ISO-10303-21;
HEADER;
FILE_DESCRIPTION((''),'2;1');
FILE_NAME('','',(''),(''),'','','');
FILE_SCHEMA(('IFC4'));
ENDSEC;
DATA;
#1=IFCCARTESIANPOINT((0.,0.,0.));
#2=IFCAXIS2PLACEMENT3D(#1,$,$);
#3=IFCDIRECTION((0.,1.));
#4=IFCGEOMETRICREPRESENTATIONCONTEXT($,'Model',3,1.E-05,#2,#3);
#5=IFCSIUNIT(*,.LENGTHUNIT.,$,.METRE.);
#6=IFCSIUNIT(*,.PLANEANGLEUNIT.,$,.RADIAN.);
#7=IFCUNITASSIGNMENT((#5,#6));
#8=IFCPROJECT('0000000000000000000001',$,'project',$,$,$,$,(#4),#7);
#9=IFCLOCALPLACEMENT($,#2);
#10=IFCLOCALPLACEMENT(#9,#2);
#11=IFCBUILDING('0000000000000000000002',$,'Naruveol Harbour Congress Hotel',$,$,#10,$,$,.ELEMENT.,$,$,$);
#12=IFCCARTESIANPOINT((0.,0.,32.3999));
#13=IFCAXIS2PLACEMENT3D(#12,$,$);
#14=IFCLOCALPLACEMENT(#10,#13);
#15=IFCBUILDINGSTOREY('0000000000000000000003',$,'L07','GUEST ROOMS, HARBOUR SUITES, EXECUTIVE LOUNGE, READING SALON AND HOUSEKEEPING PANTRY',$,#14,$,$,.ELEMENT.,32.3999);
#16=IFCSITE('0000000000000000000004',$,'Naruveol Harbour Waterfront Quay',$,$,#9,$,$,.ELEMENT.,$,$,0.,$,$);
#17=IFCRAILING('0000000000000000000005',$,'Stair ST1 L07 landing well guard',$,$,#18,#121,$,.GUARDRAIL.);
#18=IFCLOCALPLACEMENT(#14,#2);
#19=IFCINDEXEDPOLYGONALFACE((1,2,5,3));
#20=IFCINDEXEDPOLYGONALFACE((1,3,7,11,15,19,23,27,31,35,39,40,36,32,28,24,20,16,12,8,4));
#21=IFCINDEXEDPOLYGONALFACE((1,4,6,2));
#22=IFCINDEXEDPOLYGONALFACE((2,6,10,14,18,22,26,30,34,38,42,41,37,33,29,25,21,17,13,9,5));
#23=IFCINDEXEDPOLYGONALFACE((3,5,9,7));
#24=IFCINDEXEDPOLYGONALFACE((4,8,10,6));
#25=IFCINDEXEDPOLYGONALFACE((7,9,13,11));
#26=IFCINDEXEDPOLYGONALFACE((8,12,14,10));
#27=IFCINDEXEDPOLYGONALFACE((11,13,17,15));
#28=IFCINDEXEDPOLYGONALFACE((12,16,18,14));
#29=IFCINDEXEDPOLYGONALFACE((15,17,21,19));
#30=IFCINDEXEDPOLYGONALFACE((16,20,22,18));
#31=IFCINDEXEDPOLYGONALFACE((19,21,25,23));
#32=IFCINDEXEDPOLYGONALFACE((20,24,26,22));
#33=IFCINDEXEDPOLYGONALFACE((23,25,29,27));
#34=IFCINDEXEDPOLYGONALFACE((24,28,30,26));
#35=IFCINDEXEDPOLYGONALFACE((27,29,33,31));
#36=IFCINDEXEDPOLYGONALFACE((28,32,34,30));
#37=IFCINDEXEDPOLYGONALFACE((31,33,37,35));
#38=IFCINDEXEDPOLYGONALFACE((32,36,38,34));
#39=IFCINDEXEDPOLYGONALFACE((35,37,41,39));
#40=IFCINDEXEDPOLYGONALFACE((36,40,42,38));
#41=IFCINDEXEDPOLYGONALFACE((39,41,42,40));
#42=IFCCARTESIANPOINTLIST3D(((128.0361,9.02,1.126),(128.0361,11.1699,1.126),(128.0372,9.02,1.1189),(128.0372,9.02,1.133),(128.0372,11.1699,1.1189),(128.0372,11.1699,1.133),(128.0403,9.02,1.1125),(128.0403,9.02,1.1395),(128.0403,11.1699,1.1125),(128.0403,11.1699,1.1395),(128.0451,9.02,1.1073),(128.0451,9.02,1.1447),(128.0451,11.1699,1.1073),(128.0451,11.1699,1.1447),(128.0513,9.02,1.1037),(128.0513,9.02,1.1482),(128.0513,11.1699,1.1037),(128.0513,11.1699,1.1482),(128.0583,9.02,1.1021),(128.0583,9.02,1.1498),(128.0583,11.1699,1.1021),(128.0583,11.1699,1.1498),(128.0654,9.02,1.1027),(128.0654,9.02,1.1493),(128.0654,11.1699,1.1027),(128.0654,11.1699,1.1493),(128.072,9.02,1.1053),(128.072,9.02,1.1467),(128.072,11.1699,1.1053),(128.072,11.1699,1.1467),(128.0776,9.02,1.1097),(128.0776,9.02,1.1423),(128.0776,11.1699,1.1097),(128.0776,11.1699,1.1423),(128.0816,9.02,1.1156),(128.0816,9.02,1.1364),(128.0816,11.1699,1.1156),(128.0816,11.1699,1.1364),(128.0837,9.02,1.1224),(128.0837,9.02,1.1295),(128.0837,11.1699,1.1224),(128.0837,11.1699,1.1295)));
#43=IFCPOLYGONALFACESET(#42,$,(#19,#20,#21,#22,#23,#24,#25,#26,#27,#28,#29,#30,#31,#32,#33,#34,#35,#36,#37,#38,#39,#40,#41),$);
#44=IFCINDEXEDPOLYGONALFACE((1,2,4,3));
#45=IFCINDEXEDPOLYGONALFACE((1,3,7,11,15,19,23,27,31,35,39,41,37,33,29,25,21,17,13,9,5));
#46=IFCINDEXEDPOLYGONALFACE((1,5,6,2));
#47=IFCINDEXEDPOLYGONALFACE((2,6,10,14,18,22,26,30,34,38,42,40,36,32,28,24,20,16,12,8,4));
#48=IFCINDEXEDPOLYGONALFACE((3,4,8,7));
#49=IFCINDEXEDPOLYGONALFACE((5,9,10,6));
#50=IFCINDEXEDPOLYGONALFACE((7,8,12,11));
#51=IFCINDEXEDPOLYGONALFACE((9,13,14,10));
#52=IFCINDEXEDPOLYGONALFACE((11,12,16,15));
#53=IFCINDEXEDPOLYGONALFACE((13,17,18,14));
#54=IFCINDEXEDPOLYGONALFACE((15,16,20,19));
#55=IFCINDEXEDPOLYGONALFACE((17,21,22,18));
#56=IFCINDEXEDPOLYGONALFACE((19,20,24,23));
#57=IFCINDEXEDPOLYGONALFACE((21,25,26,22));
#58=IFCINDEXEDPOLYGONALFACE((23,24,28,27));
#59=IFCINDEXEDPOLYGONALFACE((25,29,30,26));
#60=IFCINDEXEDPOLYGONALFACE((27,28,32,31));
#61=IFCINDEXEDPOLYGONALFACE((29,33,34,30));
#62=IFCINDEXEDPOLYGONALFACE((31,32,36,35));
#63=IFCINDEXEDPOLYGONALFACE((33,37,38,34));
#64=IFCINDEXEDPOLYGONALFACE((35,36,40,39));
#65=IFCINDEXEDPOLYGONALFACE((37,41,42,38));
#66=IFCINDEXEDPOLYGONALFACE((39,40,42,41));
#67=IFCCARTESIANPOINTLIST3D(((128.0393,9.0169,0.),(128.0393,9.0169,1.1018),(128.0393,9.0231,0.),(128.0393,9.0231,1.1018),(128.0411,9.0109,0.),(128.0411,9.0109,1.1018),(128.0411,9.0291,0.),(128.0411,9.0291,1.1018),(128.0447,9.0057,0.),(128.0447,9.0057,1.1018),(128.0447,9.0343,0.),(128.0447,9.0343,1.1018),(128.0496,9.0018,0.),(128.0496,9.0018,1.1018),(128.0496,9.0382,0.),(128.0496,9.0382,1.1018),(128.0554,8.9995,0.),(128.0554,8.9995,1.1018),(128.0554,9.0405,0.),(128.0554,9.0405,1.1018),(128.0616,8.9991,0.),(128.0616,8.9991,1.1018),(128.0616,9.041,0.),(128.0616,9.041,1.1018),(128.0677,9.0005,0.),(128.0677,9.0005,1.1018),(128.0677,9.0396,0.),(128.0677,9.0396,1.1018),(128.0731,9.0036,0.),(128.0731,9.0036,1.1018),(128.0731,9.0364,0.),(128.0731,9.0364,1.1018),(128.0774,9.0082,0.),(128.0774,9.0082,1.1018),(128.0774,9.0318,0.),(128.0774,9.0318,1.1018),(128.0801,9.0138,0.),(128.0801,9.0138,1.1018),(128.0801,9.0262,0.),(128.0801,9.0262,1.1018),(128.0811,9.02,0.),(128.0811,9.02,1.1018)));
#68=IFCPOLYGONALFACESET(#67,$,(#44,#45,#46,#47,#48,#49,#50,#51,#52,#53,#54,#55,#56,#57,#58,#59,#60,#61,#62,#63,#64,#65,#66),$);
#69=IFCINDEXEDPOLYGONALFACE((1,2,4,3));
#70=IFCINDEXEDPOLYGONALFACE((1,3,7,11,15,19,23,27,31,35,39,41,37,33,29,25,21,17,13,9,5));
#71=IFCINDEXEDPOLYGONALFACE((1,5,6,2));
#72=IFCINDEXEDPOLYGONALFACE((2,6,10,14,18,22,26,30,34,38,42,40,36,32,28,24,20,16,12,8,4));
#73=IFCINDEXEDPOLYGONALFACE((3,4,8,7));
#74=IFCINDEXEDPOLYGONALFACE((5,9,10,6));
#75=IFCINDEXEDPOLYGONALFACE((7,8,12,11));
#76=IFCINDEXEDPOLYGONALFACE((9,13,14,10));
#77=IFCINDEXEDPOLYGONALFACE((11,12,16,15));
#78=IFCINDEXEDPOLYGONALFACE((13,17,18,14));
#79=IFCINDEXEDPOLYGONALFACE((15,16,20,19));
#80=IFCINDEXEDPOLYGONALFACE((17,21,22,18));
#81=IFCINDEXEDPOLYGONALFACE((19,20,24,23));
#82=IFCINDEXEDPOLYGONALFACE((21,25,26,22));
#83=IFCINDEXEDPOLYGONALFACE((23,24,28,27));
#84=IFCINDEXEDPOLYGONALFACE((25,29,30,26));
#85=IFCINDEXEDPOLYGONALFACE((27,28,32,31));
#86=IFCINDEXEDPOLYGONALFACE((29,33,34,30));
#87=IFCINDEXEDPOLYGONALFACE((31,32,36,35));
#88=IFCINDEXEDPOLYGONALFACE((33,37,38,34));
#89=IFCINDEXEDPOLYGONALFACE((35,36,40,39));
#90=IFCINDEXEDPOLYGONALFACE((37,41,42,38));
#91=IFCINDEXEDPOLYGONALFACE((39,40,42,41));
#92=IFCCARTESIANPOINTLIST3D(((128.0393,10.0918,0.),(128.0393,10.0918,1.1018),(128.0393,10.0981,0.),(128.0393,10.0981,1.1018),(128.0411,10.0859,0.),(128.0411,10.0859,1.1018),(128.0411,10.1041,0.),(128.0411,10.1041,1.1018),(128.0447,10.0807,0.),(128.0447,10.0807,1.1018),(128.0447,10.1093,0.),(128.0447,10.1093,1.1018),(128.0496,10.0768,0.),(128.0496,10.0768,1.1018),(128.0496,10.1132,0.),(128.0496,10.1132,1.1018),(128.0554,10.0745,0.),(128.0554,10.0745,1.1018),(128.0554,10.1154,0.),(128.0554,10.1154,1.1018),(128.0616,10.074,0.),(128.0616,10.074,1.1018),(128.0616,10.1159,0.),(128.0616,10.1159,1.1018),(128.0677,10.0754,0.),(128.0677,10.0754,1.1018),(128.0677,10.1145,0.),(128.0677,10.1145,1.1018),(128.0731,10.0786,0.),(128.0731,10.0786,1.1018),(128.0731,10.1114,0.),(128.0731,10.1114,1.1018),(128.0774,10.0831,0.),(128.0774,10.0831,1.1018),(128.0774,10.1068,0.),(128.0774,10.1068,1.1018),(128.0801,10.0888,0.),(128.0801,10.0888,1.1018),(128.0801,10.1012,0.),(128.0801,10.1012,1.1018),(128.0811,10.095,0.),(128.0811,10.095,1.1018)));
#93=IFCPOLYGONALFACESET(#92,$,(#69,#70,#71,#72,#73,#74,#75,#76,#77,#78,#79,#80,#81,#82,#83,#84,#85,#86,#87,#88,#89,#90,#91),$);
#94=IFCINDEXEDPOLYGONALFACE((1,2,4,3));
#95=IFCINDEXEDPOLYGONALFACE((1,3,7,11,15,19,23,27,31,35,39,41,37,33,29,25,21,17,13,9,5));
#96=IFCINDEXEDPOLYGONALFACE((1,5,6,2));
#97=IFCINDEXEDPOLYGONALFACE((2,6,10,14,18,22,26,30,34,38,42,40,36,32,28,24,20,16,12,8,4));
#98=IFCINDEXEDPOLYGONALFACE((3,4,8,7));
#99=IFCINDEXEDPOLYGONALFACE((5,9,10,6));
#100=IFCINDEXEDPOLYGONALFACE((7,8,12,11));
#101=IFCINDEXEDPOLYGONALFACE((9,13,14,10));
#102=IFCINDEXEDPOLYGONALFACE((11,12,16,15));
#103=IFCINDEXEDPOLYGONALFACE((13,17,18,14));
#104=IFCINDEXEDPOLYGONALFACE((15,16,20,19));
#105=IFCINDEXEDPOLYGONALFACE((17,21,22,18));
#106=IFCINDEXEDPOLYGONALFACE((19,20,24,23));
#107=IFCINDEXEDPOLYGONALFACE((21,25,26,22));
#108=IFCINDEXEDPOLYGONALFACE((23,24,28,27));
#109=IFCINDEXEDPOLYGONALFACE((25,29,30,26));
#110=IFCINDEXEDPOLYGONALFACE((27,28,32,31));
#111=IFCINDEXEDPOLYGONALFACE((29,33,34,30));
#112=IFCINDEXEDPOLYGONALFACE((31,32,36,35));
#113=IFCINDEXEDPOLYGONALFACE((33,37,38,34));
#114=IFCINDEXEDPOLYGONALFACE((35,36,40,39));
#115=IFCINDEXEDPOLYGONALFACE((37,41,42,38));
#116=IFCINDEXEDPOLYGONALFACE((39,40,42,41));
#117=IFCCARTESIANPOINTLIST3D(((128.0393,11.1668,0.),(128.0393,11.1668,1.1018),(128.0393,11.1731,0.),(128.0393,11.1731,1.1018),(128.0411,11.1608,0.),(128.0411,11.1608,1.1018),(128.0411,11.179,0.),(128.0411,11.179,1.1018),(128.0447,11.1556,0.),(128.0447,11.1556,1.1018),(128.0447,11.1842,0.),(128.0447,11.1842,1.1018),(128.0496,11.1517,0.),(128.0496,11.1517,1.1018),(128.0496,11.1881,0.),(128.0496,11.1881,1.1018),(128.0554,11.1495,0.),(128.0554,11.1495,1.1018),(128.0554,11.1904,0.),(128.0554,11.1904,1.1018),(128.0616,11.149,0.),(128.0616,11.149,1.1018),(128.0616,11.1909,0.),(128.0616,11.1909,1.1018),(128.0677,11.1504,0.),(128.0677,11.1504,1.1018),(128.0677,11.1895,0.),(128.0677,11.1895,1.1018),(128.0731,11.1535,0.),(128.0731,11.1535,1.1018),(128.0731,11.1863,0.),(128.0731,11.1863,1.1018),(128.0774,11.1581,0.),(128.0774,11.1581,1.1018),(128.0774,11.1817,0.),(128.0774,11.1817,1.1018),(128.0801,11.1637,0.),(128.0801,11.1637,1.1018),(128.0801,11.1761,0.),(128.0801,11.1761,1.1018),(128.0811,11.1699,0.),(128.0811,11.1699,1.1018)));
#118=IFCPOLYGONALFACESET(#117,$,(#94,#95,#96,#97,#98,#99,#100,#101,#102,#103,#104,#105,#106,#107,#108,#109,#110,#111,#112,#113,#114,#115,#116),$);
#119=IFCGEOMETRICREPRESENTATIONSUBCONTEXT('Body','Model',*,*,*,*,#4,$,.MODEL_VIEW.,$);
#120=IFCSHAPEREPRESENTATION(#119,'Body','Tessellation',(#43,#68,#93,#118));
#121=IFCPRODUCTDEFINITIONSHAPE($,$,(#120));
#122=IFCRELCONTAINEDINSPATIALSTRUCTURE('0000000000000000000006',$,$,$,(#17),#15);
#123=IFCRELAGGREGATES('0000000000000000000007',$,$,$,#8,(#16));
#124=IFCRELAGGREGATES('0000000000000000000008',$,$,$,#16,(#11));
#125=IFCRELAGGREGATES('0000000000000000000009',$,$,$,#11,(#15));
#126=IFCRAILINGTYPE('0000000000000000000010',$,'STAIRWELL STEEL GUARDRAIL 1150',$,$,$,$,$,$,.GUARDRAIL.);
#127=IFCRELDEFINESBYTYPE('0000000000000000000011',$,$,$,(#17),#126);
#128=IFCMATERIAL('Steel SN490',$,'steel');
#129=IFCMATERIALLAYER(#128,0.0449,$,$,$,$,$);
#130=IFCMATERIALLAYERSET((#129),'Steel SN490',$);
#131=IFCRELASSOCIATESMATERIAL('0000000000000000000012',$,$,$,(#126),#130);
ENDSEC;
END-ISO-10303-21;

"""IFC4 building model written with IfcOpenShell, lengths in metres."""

from ifc_helpers import new_model, si_unit, direction, frame, origin, origin_2d, place, context, subcontext, project, spatial, circle, extrude, material, layer, layer_set, type_object, element, save


model = new_model("IFC4")

# Units and contexts
model_context = context("Model", 3, precision=1e-05, world=origin(), true_north=direction((0.0, 1.0)))
body_context = subcontext(model_context, "Body", "Model", "MODEL_VIEW")
ifc_project = project(units=[si_unit("LENGTHUNIT", "METRE"), si_unit("PLANEANGLEUNIT", "RADIAN")], contexts=[model_context])

# Site, building, storey
site_placement = place(None, origin())
site = spatial("IfcSite", under=ifc_project, at=site_placement, Name="Naruveol Harbour Waterfront Quay", CompositionType="ELEMENT", RefElevation=0.0)
building_placement = place(site_placement, origin())
building = spatial("IfcBuilding", under=site, at=building_placement, Name="Naruveol Harbour Congress Hotel", CompositionType="ELEMENT")
storey_placement = place(building_placement, frame((0.0, 0.0, 32.3999)))
storey = spatial("IfcBuildingStorey", under=building, at=storey_placement, Name="L07", Description="GUEST ROOMS, HARBOUR SUITES, EXECUTIVE LOUNGE, READING SALON AND HOUSEKEEPING PANTRY", CompositionType="ELEMENT", Elevation=32.3999)

# Railing
ifc_material_1 = material(Name="Steel SN490", Category="steel")
ifc_layer_1 = layer(ifc_material_1, 0.0449)
ifc_layer_set_1 = layer_set([ifc_layer_1], Name="Steel SN490")
railing_type = type_object("IfcRailingType", Name="STAIRWELL STEEL GUARDRAIL 1150", PredefinedType="GUARDRAIL", material=ifc_layer_set_1)
railing_1_placement = place(storey_placement, frame((128.0601, 9.02, 0.0)))
element("IfcRailing", 1, at=railing_1_placement, inside=storey, type_object=railing_type, Name="Stair ST1 L07 landing well guard", PredefinedType="GUARDRAIL", context=body_context, shape_type="SweptSolid", body=[
    extrude(circle(Radius=0.0239, at=origin_2d()), frame((0.0, 0.0, 1.126), z_axis=(0.0, 1.0, 0.0), x_axis=(-1.0, 0.0, 0.0)), (0.0, 0.0, 1.0), 2.1499),
    extrude(circle(Radius=0.021, at=origin_2d()), origin(), (0.0, 0.0, 1.0), 1.1018),
    extrude(circle(Radius=0.021, at=origin_2d()), frame((0.0, 1.075, 0.0)), (0.0, 0.0, 1.0), 1.1018),
    extrude(circle(Radius=0.021, at=origin_2d()), frame((0.0, 2.1499, 0.0)), (0.0, 0.0, 1.0), 1.1018),
])

save(model, "model.ifc")
